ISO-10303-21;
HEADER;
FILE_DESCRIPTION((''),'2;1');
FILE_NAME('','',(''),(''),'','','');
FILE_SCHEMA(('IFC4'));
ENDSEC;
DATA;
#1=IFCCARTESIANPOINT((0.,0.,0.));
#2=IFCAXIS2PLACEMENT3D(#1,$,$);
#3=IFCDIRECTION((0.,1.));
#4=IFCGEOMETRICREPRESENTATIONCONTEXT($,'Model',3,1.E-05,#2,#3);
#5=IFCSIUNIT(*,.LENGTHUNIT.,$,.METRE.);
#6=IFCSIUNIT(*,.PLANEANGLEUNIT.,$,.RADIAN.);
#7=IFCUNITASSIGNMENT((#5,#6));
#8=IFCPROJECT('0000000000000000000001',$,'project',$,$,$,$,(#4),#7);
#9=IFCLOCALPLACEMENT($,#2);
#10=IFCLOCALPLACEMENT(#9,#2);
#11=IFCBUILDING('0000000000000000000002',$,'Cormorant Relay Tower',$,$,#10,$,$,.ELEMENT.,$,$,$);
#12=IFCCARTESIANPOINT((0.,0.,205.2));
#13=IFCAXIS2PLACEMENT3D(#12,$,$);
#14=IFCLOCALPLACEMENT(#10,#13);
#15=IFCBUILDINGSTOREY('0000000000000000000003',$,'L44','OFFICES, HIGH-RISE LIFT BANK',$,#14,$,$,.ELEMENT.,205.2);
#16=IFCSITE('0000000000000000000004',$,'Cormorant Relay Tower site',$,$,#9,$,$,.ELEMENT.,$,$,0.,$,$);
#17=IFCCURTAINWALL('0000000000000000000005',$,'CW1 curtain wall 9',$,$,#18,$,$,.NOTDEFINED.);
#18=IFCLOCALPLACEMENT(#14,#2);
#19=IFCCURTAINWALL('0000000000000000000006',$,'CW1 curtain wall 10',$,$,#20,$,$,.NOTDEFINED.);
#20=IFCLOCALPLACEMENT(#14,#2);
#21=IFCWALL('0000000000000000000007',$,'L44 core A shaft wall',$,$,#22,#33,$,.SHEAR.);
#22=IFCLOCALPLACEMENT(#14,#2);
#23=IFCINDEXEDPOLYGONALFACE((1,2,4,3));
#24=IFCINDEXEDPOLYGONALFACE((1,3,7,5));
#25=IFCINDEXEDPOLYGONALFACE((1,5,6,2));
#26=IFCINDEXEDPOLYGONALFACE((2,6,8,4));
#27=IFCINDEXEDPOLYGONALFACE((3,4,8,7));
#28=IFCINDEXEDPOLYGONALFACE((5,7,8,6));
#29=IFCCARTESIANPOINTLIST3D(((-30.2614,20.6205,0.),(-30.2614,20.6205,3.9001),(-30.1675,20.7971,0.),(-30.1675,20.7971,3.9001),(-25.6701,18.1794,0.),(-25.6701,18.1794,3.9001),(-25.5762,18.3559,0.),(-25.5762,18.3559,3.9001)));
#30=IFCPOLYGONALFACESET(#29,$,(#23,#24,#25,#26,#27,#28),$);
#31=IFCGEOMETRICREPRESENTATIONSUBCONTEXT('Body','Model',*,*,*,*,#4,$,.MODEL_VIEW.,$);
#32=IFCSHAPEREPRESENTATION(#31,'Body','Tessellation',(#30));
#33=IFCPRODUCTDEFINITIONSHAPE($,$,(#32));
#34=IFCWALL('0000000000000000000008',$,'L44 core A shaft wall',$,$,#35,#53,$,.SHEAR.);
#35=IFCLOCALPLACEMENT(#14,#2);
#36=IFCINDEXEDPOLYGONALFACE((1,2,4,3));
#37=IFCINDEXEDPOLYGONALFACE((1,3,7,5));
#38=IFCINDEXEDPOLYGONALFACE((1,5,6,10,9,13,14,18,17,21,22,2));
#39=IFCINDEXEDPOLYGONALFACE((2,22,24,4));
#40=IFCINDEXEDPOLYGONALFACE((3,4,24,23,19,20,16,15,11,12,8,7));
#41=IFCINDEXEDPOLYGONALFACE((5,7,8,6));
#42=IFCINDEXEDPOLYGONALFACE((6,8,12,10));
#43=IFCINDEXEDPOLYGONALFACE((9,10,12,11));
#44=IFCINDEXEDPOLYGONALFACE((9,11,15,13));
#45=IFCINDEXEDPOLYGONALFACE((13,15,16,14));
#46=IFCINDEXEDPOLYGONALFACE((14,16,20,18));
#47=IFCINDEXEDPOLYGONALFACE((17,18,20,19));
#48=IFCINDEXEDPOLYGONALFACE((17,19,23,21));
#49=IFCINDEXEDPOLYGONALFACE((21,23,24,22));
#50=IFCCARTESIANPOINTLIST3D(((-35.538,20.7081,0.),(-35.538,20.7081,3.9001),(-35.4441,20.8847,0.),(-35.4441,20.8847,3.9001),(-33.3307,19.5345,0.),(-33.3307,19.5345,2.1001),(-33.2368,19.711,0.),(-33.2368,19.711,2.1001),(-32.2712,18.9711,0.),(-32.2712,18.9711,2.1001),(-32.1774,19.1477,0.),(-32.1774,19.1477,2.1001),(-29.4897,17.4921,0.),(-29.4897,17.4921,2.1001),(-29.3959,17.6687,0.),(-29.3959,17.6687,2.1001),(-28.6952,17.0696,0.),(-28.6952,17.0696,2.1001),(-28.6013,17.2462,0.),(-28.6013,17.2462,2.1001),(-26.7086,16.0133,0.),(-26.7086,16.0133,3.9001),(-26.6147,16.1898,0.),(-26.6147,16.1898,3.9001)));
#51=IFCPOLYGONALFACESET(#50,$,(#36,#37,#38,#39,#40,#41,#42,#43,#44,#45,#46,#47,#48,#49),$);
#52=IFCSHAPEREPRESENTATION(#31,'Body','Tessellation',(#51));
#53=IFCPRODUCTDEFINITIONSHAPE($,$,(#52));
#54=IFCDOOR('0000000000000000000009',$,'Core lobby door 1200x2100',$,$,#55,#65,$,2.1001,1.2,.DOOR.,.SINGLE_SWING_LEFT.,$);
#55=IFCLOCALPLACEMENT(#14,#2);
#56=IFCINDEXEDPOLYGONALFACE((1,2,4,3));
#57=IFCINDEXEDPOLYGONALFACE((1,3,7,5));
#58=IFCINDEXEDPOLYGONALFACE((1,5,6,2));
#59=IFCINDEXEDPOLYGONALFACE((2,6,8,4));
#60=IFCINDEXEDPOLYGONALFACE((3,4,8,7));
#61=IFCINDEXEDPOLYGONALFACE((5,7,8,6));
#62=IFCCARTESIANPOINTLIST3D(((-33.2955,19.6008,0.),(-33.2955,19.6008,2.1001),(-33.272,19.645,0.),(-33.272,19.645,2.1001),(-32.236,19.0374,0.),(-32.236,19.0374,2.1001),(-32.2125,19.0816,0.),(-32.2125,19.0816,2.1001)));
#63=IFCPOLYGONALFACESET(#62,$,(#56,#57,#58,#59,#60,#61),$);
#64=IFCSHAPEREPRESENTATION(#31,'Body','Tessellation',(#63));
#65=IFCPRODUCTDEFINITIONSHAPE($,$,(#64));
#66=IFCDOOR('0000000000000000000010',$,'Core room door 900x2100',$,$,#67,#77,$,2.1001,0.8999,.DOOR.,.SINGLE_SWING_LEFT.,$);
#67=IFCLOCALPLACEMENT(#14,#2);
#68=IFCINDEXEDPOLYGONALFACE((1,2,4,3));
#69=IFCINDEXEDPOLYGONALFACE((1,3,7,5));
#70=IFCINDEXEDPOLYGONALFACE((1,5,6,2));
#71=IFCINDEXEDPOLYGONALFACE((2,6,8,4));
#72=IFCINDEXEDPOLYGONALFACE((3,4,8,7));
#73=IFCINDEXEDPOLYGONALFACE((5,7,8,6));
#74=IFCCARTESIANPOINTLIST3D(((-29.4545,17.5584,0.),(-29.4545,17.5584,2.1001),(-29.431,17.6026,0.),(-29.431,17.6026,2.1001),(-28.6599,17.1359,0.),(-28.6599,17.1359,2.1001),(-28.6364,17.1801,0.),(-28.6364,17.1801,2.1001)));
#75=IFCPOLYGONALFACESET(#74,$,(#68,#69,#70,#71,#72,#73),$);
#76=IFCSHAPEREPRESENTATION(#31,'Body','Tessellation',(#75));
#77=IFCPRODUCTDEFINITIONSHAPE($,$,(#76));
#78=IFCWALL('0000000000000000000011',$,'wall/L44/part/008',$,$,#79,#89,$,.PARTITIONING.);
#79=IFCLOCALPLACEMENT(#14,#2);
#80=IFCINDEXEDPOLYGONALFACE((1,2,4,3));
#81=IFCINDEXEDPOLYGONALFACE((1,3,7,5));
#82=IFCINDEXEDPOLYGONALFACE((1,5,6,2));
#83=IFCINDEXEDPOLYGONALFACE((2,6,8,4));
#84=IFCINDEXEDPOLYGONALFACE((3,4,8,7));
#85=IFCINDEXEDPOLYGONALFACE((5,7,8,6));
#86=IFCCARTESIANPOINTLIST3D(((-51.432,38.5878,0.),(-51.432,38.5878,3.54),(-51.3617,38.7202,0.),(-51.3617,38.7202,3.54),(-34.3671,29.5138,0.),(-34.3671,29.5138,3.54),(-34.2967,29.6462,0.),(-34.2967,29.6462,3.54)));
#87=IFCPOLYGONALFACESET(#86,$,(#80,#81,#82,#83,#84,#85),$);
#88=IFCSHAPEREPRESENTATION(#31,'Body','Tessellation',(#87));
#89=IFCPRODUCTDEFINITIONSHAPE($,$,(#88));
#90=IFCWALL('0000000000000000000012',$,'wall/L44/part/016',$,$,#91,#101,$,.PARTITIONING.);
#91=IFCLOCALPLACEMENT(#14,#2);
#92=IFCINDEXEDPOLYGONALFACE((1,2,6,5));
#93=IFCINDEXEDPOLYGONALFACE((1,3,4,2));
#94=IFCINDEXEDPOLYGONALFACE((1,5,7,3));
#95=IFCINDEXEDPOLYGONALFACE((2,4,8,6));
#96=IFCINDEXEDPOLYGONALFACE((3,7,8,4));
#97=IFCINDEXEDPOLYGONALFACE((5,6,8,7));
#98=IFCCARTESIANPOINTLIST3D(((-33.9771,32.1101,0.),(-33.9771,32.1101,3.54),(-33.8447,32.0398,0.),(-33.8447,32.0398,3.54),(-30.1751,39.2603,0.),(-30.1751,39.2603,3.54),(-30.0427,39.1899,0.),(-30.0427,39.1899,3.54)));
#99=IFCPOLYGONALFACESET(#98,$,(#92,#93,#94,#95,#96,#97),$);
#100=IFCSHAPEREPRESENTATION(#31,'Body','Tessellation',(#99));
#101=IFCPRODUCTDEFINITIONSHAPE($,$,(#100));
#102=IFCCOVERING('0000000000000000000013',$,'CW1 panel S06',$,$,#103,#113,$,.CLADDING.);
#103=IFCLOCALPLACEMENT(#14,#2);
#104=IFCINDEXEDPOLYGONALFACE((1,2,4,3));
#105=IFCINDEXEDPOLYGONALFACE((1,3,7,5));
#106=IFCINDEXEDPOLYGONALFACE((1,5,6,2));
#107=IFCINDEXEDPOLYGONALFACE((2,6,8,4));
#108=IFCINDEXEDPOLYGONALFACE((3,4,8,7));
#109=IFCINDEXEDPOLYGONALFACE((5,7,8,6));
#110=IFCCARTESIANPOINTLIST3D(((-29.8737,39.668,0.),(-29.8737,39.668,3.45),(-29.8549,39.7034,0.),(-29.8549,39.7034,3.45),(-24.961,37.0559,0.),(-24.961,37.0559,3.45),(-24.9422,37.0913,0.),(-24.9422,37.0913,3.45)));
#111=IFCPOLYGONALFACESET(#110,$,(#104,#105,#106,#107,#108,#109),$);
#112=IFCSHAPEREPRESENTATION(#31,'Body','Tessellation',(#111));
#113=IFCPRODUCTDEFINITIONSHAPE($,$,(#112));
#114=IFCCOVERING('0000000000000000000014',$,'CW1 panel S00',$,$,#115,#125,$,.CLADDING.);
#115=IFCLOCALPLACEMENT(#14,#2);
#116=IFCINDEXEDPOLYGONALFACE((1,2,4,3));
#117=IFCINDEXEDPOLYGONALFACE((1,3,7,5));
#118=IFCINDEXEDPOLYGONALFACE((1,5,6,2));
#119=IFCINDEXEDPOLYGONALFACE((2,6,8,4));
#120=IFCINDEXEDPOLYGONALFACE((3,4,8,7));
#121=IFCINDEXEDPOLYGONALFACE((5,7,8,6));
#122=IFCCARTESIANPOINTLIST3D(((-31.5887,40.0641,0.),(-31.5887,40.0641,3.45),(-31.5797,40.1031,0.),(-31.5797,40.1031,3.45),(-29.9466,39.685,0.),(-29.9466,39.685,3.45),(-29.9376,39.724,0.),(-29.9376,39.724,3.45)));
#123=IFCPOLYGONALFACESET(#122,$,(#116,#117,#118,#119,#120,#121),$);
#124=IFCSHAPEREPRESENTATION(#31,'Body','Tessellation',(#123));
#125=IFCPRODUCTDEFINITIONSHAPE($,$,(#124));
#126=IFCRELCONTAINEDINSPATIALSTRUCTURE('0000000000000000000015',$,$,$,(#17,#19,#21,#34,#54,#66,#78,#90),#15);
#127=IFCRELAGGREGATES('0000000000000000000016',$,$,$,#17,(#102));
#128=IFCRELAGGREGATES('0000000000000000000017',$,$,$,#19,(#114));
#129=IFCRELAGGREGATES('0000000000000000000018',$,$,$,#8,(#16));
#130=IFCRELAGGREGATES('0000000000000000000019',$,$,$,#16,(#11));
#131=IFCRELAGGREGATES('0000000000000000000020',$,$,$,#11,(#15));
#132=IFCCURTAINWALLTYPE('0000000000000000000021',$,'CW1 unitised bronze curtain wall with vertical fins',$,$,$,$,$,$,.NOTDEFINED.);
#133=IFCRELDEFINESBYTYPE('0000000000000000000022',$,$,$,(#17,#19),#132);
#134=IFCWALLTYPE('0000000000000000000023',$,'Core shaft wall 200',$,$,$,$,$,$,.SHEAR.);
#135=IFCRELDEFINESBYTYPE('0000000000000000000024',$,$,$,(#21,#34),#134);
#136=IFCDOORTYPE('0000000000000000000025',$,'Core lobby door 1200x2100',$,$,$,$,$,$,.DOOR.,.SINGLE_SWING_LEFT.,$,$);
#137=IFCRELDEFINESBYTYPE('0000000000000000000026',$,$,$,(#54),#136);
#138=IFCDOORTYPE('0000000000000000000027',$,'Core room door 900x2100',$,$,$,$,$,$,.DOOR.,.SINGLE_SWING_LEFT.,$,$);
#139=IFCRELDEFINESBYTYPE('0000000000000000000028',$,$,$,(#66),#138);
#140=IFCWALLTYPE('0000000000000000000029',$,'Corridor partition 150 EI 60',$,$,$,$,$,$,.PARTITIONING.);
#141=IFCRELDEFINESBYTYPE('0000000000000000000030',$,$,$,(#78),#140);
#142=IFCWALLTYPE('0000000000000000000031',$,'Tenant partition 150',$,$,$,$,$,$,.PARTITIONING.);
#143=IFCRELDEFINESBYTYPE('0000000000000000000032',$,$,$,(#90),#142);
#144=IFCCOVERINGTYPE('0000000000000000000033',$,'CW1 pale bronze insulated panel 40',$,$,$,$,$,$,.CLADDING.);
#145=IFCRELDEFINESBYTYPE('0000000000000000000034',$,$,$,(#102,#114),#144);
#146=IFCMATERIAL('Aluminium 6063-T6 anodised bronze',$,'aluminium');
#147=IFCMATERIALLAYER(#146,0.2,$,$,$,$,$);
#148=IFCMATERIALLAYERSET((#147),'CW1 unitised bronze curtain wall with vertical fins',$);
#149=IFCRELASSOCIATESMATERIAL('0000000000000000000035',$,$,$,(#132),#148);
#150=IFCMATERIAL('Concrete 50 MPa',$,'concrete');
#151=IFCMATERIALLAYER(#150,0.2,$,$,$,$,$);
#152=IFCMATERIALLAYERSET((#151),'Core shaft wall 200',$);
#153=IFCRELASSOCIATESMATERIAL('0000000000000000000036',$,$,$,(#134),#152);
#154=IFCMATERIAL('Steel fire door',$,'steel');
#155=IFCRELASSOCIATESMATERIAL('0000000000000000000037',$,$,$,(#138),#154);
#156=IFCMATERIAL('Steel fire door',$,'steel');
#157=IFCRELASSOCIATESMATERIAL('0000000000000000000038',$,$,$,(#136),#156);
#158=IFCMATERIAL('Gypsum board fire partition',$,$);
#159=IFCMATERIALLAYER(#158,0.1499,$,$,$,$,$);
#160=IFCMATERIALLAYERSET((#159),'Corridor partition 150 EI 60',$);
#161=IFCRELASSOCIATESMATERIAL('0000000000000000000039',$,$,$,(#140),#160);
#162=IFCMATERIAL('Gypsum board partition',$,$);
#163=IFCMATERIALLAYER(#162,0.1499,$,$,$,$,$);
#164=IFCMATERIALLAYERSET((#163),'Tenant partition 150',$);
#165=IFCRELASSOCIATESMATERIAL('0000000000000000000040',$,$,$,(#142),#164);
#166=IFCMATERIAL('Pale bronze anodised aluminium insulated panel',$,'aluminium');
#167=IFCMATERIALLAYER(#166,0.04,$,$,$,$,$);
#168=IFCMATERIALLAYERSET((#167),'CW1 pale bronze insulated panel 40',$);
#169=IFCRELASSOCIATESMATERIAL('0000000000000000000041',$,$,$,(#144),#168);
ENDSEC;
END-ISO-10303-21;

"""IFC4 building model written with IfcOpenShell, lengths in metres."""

from ifc_helpers import new_model, si_unit, direction, frame, frame_2d, origin, origin_2d, place, context, subcontext, project, spatial, rectangle, extrude, material, layer, layer_set, type_object, element, fill, aggregate, save


model = new_model("IFC4")

# Units and contexts
model_context = context("Model", 3, precision=1e-05, world=origin(), true_north=direction((0.0, 1.0)))
body_context = subcontext(model_context, "Body", "Model", "MODEL_VIEW")
ifc_project = project(units=[si_unit("LENGTHUNIT", "METRE"), si_unit("PLANEANGLEUNIT", "RADIAN")], contexts=[model_context])

# Site, building, storey
site_placement = place(None, origin())
site = spatial("IfcSite", under=ifc_project, at=site_placement, Name="Cormorant Relay Tower site", CompositionType="ELEMENT", RefElevation=0.0)
building_placement = place(site_placement, origin())
building = spatial("IfcBuilding", under=site, at=building_placement, Name="Cormorant Relay Tower", CompositionType="ELEMENT")
storey_placement = place(building_placement, frame((0.0, 0.0, 205.2)))
storey = spatial("IfcBuildingStorey", under=building, at=storey_placement, Name="L44", Description="OFFICES, HIGH-RISE LIFT BANK", CompositionType="ELEMENT", Elevation=205.2)

# Curtain wall
ifc_material_1 = material(Name="Aluminium 6063-T6 anodised bronze", Category="aluminium")
ifc_layer_1 = layer(ifc_material_1, 0.2)
ifc_layer_set_1 = layer_set([ifc_layer_1], Name="CW1 unitised bronze curtain wall with vertical fins")
curtain_wall_type = type_object("IfcCurtainWallType", Name="CW1 unitised bronze curtain wall with vertical fins", PredefinedType="NOTDEFINED", material=ifc_layer_set_1)
curtain_wall_1_placement = place(storey_placement, origin())
curtain_wall_1 = element("IfcCurtainWall", 1, at=curtain_wall_1_placement, inside=storey, type_object=curtain_wall_type, Name="CW1 curtain wall 9", PredefinedType="NOTDEFINED")

# Curtain wall
curtain_wall_2_placement = place(storey_placement, origin())
curtain_wall_2 = element("IfcCurtainWall", 2, at=curtain_wall_2_placement, inside=storey, type_object=curtain_wall_type, Name="CW1 curtain wall 10", PredefinedType="NOTDEFINED")

# Shared definitions
ifc_material_2 = material(Name="Concrete 50 MPa", Category="concrete")
ifc_layer_2 = layer(ifc_material_2, 0.2)
ifc_layer_set_2 = layer_set([ifc_layer_2], Name="Core shaft wall 200")
wall_type_1 = type_object("IfcWallType", Name="Core shaft wall 200", PredefinedType="SHEAR", material=ifc_layer_set_2)
ifc_material_3 = material(Name="Steel fire door", Category="steel")
door_type_1 = type_object("IfcDoorType", Name="Core room door 900x2100", OperationType="SINGLE_SWING_LEFT", PredefinedType="DOOR", material=ifc_material_3)

# Wall
wall_1_placement = place(storey_placement, frame((-25.623, 18.2676, 0.0), z_axis=(0.0, 0.0, 1.0), x_axis=(-0.882954, 0.46946, 0.0)))
element("IfcWall", 3, at=wall_1_placement, inside=storey, type_object=wall_type_1, Name="L44 core A shaft wall", PredefinedType="SHEAR", context=body_context, shape_type="SweptSolid", body=[
    extrude(rectangle(XDim=5.2, YDim=0.2, at=frame_2d((2.6001, 0.0))), origin(), (0.0, 0.0, 1.0), 3.9001),
])

# Wall, openings, doors
wall_2_placement = place(storey_placement, frame((-26.6616, 16.1016, 0.0), z_axis=(0.0, 0.0, 1.0), x_axis=(-0.88294, 0.469485, 0.0)))
wall_2 = element("IfcWall", 4, at=wall_2_placement, inside=storey, type_object=wall_type_1, Name="L44 core A shaft wall", PredefinedType="SHEAR", context=body_context, shape_type="SweptSolid", body=[
    extrude(rectangle(XDim=10.0, YDim=0.2, at=frame_2d((5.0, 0.0))), origin(), (0.0, 0.0, 1.0), 3.9001),
])
opening_1_placement = place(wall_2_placement, frame((6.3, 0.0, 0.0)))
opening_1 = element("IfcOpeningElement", 5, at=opening_1_placement, cuts=wall_2, PredefinedType="OPENING", context=body_context, shape_type="SweptSolid", body=[
    extrude(rectangle(XDim=1.2, YDim=2.1001, at=frame_2d((0.6001, 1.05))), frame((0.0, 0.1099, 0.0), z_axis=(0.0, -1.0, 0.0), x_axis=(1.0, 0.0, 0.0)), (0.0, 0.0, 1.0), 0.22),
])
opening_2_placement = place(wall_2_placement, frame((2.25, 0.0, 0.0)))
opening_2 = element("IfcOpeningElement", 6, at=opening_2_placement, cuts=wall_2, PredefinedType="OPENING", context=body_context, shape_type="SweptSolid", body=[
    extrude(rectangle(XDim=0.8999, YDim=2.1001, at=frame_2d((0.45, 1.05))), frame((0.0, 0.1099, 0.0), z_axis=(0.0, -1.0, 0.0), x_axis=(1.0, 0.0, 0.0)), (0.0, 0.0, 1.0), 0.22),
])
ifc_material_4 = material(Name="Steel fire door", Category="steel")
door_type_2 = type_object("IfcDoorType", Name="Core lobby door 1200x2100", OperationType="SINGLE_SWING_LEFT", PredefinedType="DOOR", material=ifc_material_4)
door_1_placement = place(opening_1_placement, origin())
door_1 = element("IfcDoor", 7, at=door_1_placement, inside=storey, type_object=door_type_2, Name="Core lobby door 1200x2100", OperationType="SINGLE_SWING_LEFT", OverallHeight=2.1001, OverallWidth=1.2, PredefinedType="DOOR", context=body_context, shape_type="SweptSolid", body=[
    extrude(rectangle(XDim=1.2, YDim=2.1001, at=frame_2d((0.6001, 1.05))), frame((0.0, 0.0249, 0.0), z_axis=(0.0, -1.0, 0.0), x_axis=(1.0, 0.0, 0.0)), (0.0, 0.0, 1.0), 0.05),
])
fill(opening_1, door_1)
door_2_placement = place(opening_2_placement, origin())
door_2 = element("IfcDoor", 8, at=door_2_placement, inside=storey, type_object=door_type_1, Name="Core room door 900x2100", OperationType="SINGLE_SWING_LEFT", OverallHeight=2.1001, OverallWidth=0.8999, PredefinedType="DOOR", context=body_context, shape_type="SweptSolid", body=[
    extrude(rectangle(XDim=0.8999, YDim=2.1001, at=frame_2d((0.45, 1.05))), frame((0.0, 0.0249, 0.0), z_axis=(0.0, -1.0, 0.0), x_axis=(1.0, 0.0, 0.0)), (0.0, 0.0, 1.0), 0.05),
])
fill(opening_2, door_2)

# Walls
ifc_material_5 = material(Name="Gypsum board fire partition")
ifc_layer_3 = layer(ifc_material_5, 0.1499)
ifc_layer_set_3 = layer_set([ifc_layer_3], Name="Corridor partition 150 EI 60")
wall_type_2 = type_object("IfcWallType", Name="Corridor partition 150 EI 60", PredefinedType="PARTITIONING", material=ifc_layer_set_3)
wall_3_placement = place(storey_placement, frame((-34.332, 29.5801, 0.0), z_axis=(0.0, 0.0, 1.0), x_axis=(-0.882939, 0.469487, 0.0)))
element("IfcWall", 9, at=wall_3_placement, inside=storey, type_object=wall_type_2, Name="wall/L44/part/008", PredefinedType="PARTITIONING", context=body_context, shape_type="SweptSolid", body=[
    extrude(rectangle(XDim=19.3274, YDim=0.1499, at=frame_2d((9.6636, 0.0))), origin(), (0.0, 0.0, 1.0), 3.54),
])
ifc_material_6 = material(Name="Gypsum board partition")
ifc_layer_4 = layer(ifc_material_6, 0.1499)
ifc_layer_set_4 = layer_set([ifc_layer_4], Name="Tenant partition 150")
wall_type_3 = type_object("IfcWallType", Name="Tenant partition 150", PredefinedType="PARTITIONING", material=ifc_layer_set_4)
wall_4_placement = place(storey_placement, frame((-30.1089, 39.2251, 0.0), z_axis=(0.0, 0.0, 1.0), x_axis=(-0.469491, -0.882937, 0.0)))
element("IfcWall", 10, at=wall_4_placement, inside=storey, type_object=wall_type_3, Name="wall/L44/part/016", PredefinedType="PARTITIONING", context=body_context, shape_type="SweptSolid", body=[
    extrude(rectangle(XDim=8.0981, YDim=0.1499, at=frame_2d((4.0491, 0.0))), origin(), (0.0, 0.0, 1.0), 3.54),
])

# Coverings
ifc_material_7 = material(Name="Pale bronze anodised aluminium insulated panel", Category="aluminium")
ifc_layer_5 = layer(ifc_material_7, 0.04)
ifc_layer_set_5 = layer_set([ifc_layer_5], Name="CW1 pale bronze insulated panel 40")
covering_type = type_object("IfcCoveringType", Name="CW1 pale bronze insulated panel 40", PredefinedType="CLADDING", material=ifc_layer_set_5)
covering_1_placement = place(storey_placement, frame((-27.408, 38.3796, 0.0), z_axis=(0.0, 0.0, 1.0), x_axis=(-0.882948, 0.469472, 0.0)))
covering_1 = element("IfcCovering", 11, at=covering_1_placement, type_object=covering_type, Name="CW1 panel S06", PredefinedType="CLADDING", context=body_context, shape_type="SweptSolid", body=[
    extrude(rectangle(XDim=5.564, YDim=0.04, at=origin_2d()), origin(), (0.0, 0.0, 1.0), 3.45),
])
aggregate(curtain_wall_1, [covering_1])
covering_2_placement = place(storey_placement, frame((-30.7632, 39.894, 0.0), z_axis=(0.0, 0.0, 1.0), x_axis=(-0.97437, 0.224951, 0.0)))
covering_2 = element("IfcCovering", 12, at=covering_2_placement, type_object=covering_type, Name="CW1 panel S00", PredefinedType="CLADDING", context=body_context, shape_type="SweptSolid", body=[
    extrude(rectangle(XDim=1.6853, YDim=0.04, at=origin_2d()), origin(), (0.0, 0.0, 1.0), 3.45),
])
aggregate(curtain_wall_2, [covering_2])

save(model, "model.ifc")
